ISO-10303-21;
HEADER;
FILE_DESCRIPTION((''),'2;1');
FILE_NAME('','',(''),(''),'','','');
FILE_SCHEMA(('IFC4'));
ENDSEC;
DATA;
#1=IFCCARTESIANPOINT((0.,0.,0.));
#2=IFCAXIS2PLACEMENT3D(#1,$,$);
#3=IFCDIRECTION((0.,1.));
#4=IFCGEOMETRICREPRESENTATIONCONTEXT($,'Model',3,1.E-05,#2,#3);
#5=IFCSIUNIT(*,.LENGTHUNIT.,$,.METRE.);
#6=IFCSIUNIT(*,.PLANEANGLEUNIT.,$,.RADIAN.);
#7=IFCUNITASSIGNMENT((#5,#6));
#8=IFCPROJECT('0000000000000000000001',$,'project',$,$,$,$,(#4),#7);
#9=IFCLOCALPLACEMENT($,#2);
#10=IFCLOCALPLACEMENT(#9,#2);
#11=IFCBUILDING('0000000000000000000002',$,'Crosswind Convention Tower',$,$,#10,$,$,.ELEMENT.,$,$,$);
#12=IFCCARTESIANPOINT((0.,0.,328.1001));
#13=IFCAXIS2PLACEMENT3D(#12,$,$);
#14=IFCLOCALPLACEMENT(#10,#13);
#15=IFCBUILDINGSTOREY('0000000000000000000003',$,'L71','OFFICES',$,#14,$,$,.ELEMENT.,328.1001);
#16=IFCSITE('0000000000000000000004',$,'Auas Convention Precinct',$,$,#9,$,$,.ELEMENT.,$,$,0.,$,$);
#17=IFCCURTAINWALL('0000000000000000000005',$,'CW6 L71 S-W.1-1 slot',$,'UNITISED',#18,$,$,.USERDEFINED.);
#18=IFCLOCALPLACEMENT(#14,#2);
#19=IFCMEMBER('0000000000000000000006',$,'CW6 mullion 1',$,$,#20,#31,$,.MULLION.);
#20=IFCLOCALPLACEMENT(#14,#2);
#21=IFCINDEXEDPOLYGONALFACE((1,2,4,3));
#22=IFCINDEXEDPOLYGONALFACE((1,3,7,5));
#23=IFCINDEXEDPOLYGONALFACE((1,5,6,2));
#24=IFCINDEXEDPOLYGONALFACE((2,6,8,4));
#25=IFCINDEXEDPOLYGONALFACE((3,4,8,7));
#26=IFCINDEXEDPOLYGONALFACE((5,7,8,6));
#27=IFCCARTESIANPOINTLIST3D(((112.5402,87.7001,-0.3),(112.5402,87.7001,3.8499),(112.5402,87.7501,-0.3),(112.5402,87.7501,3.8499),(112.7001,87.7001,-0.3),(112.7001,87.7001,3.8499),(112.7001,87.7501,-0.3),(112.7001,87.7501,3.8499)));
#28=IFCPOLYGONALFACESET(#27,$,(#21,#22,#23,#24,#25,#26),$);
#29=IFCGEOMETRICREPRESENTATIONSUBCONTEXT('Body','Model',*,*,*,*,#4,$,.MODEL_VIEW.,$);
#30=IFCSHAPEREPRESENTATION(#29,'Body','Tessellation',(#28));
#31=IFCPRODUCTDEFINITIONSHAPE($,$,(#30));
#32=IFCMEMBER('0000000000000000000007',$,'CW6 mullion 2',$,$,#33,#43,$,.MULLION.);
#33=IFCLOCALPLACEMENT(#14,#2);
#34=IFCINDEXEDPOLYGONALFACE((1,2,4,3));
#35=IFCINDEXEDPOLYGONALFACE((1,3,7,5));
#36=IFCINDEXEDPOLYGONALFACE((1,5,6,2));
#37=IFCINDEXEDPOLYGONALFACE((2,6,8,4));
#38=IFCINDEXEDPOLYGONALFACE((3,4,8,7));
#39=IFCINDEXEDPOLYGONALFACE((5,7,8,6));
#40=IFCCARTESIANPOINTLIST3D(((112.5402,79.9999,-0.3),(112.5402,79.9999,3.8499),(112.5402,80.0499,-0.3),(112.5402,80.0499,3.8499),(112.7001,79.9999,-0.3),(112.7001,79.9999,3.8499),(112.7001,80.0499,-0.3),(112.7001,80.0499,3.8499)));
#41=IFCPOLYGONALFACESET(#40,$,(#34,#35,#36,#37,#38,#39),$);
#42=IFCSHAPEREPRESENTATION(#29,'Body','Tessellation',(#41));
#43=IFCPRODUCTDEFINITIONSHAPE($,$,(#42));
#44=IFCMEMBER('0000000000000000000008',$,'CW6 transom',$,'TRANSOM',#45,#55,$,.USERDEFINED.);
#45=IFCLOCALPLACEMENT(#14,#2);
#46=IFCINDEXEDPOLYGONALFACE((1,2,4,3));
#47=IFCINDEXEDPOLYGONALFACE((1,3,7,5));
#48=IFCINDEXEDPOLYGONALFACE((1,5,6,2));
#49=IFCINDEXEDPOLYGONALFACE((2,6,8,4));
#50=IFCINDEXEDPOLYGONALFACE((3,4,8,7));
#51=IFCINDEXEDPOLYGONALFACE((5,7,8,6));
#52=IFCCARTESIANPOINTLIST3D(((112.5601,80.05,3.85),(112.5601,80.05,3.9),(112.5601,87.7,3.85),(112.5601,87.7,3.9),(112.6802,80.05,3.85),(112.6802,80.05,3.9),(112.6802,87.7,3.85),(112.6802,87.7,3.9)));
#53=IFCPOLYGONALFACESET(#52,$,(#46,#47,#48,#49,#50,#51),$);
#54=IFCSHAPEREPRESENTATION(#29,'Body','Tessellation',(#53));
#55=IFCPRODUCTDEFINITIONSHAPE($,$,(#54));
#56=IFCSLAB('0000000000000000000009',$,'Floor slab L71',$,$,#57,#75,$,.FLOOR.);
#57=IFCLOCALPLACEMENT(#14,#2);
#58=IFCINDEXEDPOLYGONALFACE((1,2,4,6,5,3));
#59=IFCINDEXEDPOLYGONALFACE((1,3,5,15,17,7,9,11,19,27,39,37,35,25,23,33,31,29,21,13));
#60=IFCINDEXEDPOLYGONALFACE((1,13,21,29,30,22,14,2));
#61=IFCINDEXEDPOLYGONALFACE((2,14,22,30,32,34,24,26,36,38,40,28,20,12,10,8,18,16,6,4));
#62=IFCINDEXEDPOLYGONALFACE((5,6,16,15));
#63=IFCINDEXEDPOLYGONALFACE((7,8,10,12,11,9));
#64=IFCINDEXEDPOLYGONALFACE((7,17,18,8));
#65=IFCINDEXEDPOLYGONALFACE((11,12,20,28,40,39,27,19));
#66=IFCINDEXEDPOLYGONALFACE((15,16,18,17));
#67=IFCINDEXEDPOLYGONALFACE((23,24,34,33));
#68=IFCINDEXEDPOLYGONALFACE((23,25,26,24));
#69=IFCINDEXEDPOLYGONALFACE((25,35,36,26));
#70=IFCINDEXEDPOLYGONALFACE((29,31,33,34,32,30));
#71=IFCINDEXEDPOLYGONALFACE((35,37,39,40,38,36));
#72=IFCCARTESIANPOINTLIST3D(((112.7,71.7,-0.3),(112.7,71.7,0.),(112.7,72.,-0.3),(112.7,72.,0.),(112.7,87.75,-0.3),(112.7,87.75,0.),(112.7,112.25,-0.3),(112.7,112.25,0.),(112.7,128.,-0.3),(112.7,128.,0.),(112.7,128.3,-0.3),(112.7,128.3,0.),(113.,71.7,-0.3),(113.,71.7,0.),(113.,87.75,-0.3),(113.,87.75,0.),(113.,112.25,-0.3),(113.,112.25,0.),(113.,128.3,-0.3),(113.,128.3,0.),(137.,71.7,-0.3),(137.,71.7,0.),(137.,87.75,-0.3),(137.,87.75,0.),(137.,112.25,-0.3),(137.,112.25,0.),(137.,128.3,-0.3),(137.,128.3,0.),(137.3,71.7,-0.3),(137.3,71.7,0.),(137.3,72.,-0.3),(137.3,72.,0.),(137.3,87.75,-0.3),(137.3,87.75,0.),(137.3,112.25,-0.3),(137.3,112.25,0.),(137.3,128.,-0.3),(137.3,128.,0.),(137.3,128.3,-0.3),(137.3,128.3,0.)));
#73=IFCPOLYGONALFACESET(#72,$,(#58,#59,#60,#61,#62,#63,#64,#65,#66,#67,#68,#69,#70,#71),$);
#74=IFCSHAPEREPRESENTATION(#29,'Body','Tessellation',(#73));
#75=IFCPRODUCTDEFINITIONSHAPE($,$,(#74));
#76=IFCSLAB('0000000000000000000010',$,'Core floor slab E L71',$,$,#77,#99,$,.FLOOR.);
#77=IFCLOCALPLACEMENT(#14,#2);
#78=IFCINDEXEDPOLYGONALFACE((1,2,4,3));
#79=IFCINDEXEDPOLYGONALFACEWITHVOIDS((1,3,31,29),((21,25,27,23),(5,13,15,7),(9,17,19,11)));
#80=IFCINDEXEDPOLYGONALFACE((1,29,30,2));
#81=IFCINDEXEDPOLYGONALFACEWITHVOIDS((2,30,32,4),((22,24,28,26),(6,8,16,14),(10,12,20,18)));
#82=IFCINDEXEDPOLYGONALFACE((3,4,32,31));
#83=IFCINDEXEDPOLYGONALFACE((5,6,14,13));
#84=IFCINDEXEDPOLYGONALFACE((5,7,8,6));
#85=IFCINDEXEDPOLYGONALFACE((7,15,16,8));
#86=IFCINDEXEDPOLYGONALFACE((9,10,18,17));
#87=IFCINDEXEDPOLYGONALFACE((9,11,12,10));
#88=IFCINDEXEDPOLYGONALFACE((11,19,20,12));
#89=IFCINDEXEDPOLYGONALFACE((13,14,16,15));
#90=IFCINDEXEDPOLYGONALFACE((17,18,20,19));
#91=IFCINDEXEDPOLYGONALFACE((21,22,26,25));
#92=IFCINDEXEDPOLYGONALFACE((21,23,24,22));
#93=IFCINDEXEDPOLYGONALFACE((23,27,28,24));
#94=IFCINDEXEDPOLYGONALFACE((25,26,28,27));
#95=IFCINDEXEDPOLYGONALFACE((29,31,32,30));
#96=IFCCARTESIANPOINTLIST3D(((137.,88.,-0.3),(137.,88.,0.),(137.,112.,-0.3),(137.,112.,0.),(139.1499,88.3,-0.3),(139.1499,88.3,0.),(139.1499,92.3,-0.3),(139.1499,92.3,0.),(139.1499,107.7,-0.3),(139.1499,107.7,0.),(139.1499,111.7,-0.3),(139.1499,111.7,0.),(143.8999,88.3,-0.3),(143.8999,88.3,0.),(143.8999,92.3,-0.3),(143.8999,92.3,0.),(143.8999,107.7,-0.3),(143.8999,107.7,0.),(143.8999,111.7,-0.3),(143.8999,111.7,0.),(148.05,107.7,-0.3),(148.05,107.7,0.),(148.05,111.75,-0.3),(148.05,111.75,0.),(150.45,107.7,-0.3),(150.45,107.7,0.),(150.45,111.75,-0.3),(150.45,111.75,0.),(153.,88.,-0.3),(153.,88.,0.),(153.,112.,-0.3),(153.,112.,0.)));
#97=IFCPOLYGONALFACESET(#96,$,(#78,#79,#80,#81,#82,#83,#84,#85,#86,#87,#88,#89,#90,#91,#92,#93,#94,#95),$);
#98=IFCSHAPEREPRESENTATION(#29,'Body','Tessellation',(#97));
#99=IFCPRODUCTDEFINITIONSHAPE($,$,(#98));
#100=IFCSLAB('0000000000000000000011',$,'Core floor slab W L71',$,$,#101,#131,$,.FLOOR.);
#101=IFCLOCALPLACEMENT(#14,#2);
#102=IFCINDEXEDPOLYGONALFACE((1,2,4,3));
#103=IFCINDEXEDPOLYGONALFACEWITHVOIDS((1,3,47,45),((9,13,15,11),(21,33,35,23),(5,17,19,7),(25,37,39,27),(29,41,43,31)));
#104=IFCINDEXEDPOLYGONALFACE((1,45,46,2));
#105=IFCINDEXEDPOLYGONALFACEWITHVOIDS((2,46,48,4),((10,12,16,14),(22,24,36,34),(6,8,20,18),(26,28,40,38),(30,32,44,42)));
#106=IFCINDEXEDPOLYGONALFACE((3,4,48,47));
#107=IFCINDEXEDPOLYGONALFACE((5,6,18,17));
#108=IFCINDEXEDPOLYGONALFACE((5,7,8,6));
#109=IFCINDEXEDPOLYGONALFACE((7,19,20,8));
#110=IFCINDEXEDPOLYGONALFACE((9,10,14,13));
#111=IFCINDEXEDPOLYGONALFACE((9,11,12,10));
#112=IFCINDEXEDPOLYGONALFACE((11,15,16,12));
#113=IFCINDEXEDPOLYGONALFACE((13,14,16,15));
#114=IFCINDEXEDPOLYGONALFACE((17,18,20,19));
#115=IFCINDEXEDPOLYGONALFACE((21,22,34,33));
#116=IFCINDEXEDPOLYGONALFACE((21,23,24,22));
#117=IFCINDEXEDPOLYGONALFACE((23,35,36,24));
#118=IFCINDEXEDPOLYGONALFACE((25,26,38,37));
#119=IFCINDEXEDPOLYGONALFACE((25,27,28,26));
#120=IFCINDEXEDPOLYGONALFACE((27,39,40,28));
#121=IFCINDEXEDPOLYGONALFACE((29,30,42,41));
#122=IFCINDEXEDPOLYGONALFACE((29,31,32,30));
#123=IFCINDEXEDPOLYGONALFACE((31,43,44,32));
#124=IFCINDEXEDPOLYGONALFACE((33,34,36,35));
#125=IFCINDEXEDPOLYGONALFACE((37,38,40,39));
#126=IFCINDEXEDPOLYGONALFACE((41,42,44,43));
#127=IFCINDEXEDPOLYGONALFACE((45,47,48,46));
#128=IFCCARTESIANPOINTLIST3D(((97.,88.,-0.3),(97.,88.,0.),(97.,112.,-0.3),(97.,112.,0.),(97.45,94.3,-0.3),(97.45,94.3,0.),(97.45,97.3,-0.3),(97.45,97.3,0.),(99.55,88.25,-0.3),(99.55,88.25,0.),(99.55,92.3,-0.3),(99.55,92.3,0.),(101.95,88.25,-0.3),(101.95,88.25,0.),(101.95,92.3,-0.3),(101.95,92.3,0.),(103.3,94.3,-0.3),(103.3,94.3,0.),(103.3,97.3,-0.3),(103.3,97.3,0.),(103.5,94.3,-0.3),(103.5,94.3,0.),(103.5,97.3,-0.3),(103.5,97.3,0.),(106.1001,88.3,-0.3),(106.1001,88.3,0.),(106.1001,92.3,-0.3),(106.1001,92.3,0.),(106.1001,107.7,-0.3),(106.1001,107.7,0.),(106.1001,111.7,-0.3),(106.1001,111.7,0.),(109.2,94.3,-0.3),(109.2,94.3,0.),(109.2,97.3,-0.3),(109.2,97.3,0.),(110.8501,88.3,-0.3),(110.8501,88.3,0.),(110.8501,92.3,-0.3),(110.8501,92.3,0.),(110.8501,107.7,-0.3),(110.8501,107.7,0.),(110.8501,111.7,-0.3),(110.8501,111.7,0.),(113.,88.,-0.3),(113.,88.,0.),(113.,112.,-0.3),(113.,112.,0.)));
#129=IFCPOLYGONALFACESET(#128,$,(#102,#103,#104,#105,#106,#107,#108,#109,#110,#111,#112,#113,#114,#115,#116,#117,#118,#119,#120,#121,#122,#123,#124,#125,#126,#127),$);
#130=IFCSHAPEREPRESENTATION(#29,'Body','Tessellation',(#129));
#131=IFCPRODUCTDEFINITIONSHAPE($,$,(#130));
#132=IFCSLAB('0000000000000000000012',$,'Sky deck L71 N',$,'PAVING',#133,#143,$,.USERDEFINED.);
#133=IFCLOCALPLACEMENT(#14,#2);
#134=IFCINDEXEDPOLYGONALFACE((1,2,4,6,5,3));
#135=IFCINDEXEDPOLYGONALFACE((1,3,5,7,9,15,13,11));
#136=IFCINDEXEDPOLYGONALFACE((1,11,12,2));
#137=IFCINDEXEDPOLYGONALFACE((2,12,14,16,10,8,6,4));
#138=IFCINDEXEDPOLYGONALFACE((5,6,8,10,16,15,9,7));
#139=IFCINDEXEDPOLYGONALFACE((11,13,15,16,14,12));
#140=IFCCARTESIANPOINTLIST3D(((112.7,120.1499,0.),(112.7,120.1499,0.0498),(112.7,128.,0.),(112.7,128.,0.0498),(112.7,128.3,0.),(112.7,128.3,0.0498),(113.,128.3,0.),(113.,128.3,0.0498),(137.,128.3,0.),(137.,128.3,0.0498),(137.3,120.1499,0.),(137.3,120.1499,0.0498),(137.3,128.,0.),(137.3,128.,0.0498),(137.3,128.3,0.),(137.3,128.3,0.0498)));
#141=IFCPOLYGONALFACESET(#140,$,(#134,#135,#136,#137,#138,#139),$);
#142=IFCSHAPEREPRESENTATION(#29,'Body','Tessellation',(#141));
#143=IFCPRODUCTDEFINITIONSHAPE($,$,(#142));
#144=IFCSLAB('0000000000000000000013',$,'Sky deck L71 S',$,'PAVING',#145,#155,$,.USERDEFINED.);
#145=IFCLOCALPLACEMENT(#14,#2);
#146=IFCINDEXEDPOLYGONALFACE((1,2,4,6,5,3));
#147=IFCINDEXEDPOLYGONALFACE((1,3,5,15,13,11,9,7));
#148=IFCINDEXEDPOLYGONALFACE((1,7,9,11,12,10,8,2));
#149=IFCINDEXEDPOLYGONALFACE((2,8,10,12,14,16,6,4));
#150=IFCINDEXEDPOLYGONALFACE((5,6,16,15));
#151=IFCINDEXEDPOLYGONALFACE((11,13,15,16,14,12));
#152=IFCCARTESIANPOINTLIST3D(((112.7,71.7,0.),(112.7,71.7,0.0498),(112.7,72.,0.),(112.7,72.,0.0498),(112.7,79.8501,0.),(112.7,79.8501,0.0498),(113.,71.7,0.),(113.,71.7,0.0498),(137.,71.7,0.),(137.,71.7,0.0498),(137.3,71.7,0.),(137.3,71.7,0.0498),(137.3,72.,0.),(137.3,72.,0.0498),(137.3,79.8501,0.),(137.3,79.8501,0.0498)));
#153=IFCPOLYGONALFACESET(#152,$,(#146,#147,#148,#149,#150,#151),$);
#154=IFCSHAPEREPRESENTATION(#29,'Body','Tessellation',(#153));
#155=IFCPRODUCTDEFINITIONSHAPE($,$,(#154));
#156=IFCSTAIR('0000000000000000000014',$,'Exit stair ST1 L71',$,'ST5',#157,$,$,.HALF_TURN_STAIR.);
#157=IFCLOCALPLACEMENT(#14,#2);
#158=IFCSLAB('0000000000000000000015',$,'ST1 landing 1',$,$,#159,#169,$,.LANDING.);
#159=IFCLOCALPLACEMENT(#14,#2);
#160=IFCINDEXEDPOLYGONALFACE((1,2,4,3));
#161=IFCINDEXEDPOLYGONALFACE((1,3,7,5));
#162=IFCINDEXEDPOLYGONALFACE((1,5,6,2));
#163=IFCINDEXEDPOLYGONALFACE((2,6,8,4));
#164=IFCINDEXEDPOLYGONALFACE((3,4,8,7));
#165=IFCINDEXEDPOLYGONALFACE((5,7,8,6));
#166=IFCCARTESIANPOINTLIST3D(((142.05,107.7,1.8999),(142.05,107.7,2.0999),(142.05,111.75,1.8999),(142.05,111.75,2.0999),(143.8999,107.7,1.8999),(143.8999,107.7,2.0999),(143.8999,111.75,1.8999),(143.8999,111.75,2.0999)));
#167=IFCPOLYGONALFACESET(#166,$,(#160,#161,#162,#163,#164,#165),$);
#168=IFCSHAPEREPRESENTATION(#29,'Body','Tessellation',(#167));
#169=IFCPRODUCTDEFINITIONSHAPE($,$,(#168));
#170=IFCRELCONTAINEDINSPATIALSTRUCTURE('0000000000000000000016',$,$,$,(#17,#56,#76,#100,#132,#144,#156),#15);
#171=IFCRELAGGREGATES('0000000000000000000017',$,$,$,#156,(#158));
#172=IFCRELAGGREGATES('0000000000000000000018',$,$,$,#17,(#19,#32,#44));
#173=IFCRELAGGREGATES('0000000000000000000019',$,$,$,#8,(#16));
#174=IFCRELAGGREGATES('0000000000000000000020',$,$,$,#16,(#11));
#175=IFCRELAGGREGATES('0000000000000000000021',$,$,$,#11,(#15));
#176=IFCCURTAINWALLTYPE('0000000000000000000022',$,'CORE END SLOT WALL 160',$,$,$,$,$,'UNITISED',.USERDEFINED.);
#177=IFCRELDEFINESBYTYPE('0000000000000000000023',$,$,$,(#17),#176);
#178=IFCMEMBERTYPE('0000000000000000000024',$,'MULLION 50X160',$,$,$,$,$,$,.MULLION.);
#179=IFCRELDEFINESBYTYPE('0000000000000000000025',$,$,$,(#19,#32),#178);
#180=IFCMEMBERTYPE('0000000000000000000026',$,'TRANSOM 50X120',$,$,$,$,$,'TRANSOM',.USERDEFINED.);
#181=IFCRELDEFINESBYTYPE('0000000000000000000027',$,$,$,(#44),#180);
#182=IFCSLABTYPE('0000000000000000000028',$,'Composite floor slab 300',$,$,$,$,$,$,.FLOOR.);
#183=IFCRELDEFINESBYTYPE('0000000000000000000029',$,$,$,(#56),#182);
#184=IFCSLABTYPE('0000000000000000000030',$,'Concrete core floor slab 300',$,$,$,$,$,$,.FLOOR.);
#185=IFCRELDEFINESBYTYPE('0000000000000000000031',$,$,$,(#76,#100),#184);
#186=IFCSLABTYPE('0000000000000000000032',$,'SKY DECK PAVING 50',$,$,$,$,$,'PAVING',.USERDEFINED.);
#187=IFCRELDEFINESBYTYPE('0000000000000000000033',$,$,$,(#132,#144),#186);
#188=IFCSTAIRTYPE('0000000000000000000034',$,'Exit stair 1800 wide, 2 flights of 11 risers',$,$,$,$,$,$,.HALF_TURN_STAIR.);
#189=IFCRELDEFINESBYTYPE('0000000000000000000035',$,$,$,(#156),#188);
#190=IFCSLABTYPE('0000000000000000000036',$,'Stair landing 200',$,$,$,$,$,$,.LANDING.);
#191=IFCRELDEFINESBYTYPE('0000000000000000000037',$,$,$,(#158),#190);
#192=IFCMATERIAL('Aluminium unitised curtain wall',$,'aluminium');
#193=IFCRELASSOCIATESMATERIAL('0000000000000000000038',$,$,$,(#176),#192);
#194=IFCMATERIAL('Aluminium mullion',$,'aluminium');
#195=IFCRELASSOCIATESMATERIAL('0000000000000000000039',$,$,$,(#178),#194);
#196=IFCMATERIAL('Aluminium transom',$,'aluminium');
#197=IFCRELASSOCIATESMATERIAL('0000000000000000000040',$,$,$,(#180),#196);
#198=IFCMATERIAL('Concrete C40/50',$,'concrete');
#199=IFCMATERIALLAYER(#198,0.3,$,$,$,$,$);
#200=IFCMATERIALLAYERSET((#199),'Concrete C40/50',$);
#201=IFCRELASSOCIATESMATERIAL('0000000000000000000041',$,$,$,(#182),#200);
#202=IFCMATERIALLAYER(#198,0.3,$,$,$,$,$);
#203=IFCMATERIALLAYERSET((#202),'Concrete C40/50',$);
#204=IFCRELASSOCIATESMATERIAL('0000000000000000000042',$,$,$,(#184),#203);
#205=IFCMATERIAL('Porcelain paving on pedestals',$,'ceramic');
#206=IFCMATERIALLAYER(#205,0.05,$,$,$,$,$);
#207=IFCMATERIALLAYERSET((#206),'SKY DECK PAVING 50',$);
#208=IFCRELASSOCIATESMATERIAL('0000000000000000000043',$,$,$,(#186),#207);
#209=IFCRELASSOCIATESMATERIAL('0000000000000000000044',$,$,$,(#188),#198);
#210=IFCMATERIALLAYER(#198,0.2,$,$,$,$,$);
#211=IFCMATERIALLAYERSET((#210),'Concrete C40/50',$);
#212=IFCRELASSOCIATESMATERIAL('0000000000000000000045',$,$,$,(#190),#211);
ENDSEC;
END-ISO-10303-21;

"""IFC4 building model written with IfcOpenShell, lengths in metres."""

from ifc_helpers import new_model, si_unit, direction, frame, origin, origin_2d, place, context, subcontext, project, spatial, polyline, rectangle, outline, extrude, material, layer, layer_set, material_profile, profile_set, type_object, element, aggregate, save


model = new_model("IFC4")

# Units and contexts
model_context = context("Model", 3, precision=1e-05, world=origin(), true_north=direction((0.0, 1.0)))
body_context = subcontext(model_context, "Body", "Model", "MODEL_VIEW")
ifc_project = project(units=[si_unit("LENGTHUNIT", "METRE"), si_unit("PLANEANGLEUNIT", "RADIAN")], contexts=[model_context])

# Site, building, storey
site_placement = place(None, origin())
site = spatial("IfcSite", under=ifc_project, at=site_placement, Name="Auas Convention Precinct", CompositionType="ELEMENT", RefElevation=0.0)
building_placement = place(site_placement, origin())
building = spatial("IfcBuilding", under=site, at=building_placement, Name="Crosswind Convention Tower", CompositionType="ELEMENT")
storey_placement = place(building_placement, frame((0.0, 0.0, 328.1001)))
storey = spatial("IfcBuildingStorey", under=building, at=storey_placement, Name="L71", Description="OFFICES", CompositionType="ELEMENT", Elevation=328.1001)

# Curtain wall, members
ifc_material_1 = material(Name="Aluminium unitised curtain wall", Category="aluminium")
curtain_wall_type = type_object("IfcCurtainWallType", Name="CORE END SLOT WALL 160", ElementType="UNITISED", PredefinedType="USERDEFINED", material=ifc_material_1)
curtain_wall_placement = place(storey_placement, origin())
curtain_wall = element("IfcCurtainWall", 1, at=curtain_wall_placement, inside=storey, type_object=curtain_wall_type, Name="CW6 L71 S-W.1-1 slot", ObjectType="UNITISED", PredefinedType="USERDEFINED")
ifc_material_2 = material(Name="Aluminium mullion", Category="aluminium")
ifc_material_profile_1 = material_profile(ifc_material_2, rectangle(XDim=0.1599, YDim=0.05, at=origin_2d()), Name="AL 160X50")
ifc_profile_set_1 = profile_set([ifc_material_profile_1], Name="Aluminium mullion")
member_type_1 = type_object("IfcMemberType", Name="MULLION 50X160", PredefinedType="MULLION", material=ifc_profile_set_1)
member_1_placement = place(storey_placement, frame((112.6201, 87.7251, -0.3), z_axis=(0.0, 0.0, 1.0), x_axis=(-1.0, 0.0, 0.0)))
member_1 = element("IfcMember", 2, at=member_1_placement, type_object=member_type_1, Name="CW6 mullion 1", PredefinedType="MULLION", context=body_context, shape_type="SweptSolid", body=[
    extrude(rectangle(XDim=0.1599, YDim=0.05, at=origin_2d()), origin(), (0.0, 0.0, 1.0), 4.1499),
])
member_2_placement = place(storey_placement, frame((112.6201, 80.0249, -0.3), z_axis=(0.0, 0.0, 1.0), x_axis=(-1.0, 0.0, 0.0)))
member_2 = element("IfcMember", 3, at=member_2_placement, type_object=member_type_1, Name="CW6 mullion 2", PredefinedType="MULLION", context=body_context, shape_type="SweptSolid", body=[
    extrude(rectangle(XDim=0.1599, YDim=0.05, at=origin_2d()), origin(), (0.0, 0.0, 1.0), 4.1499),
])
ifc_material_3 = material(Name="Aluminium transom", Category="aluminium")
ifc_material_profile_2 = material_profile(ifc_material_3, rectangle(XDim=0.1201, YDim=0.05, at=origin_2d()), Name="AL 120X50")
ifc_profile_set_2 = profile_set([ifc_material_profile_2], Name="Aluminium transom")
member_type_2 = type_object("IfcMemberType", Name="TRANSOM 50X120", ElementType="TRANSOM", PredefinedType="USERDEFINED", material=ifc_profile_set_2)
member_3_placement = place(storey_placement, frame((112.6201, 87.7, 3.875), z_axis=(0.0, -1.0, 0.0), x_axis=(1.0, 0.0, 0.0)))
member_3 = element("IfcMember", 4, at=member_3_placement, type_object=member_type_2, Name="CW6 transom", ObjectType="TRANSOM", PredefinedType="USERDEFINED", context=body_context, shape_type="SweptSolid", body=[
    extrude(rectangle(XDim=0.1201, YDim=0.05, at=origin_2d()), origin(), (0.0, 0.0, 1.0), 7.6499),
])

# Slabs
ifc_material_4 = material(Name="Concrete C40/50", Category="concrete")
ifc_layer_1 = layer(ifc_material_4, 0.3)
ifc_layer_set_1 = layer_set([ifc_layer_1], Name="Concrete C40/50")
slab_type_1 = type_object("IfcSlabType", Name="Composite floor slab 300", PredefinedType="FLOOR", material=ifc_layer_set_1)
slab_1_placement = place(storey_placement, frame((0.0, 0.0, -0.3)))
element("IfcSlab", 5, at=slab_1_placement, inside=storey, type_object=slab_type_1, Name="Floor slab L71", PredefinedType="FLOOR", context=body_context, shape_type="SweptSolid", body=[
    extrude(outline(polyline([(137.3, 71.7), (137.0, 71.7), (113.0, 71.7), (112.7, 71.7), (112.7, 72.0), (112.7, 87.75), (113.0, 87.75), (113.0, 112.25), (112.7, 112.25), (112.7, 128.0), (112.7, 128.3), (113.0, 128.3), (137.0, 128.3), (137.3, 128.3), (137.3, 128.0), (137.3, 112.25), (137.0, 112.25), (137.0, 87.75), (137.3, 87.75), (137.3, 72.0), (137.3, 71.7)])), origin(), (0.0, 0.0, 1.0), 0.3),
])
ifc_layer_2 = layer(ifc_material_4, 0.3)
ifc_layer_set_2 = layer_set([ifc_layer_2], Name="Concrete C40/50")
slab_type_2 = type_object("IfcSlabType", Name="Concrete core floor slab 300", PredefinedType="FLOOR", material=ifc_layer_set_2)
slab_2_placement = place(storey_placement, frame((0.0, 0.0, -0.3)))
element("IfcSlab", 6, at=slab_2_placement, inside=storey, type_object=slab_type_2, Name="Core floor slab E L71", PredefinedType="FLOOR", context=body_context, shape_type="SweptSolid", body=[
    extrude(outline(polyline([(137.0, 88.0), (153.0, 88.0), (153.0, 112.0), (137.0, 112.0), (137.0, 88.0)]), holes=[polyline([(150.45, 107.7), (150.45, 111.75), (148.05, 111.75), (148.05, 107.7), (150.45, 107.7)]), polyline([(143.8999, 107.7), (143.8999, 111.7), (139.1499, 111.7), (139.1499, 107.7), (143.8999, 107.7)]), polyline([(143.8999, 88.3), (143.8999, 92.3), (139.1499, 92.3), (139.1499, 88.3), (143.8999, 88.3)])]), origin(), (0.0, 0.0, 1.0), 0.3),
])
slab_3_placement = place(storey_placement, frame((0.0, 0.0, -0.3)))
element("IfcSlab", 7, at=slab_3_placement, inside=storey, type_object=slab_type_2, Name="Core floor slab W L71", PredefinedType="FLOOR", context=body_context, shape_type="SweptSolid", body=[
    extrude(outline(polyline([(97.0, 88.0), (113.0, 88.0), (113.0, 112.0), (97.0, 112.0), (97.0, 88.0)]), holes=[polyline([(109.2, 94.3), (109.2, 97.3), (103.5, 97.3), (103.5, 94.3), (109.2, 94.3)]), polyline([(103.3, 94.3), (103.3, 97.3), (97.45, 97.3), (97.45, 94.3), (103.3, 94.3)]), polyline([(101.95, 88.25), (101.95, 92.3), (99.55, 92.3), (99.55, 88.25), (101.95, 88.25)]), polyline([(110.8501, 88.3), (110.8501, 92.3), (106.1001, 92.3), (106.1001, 88.3), (110.8501, 88.3)]), polyline([(110.8501, 107.7), (110.8501, 111.7), (106.1001, 111.7), (106.1001, 107.7), (110.8501, 107.7)])]), origin(), (0.0, 0.0, 1.0), 0.3),
])
ifc_material_5 = material(Name="Porcelain paving on pedestals", Category="ceramic")
ifc_layer_3 = layer(ifc_material_5, 0.05)
ifc_layer_set_3 = layer_set([ifc_layer_3], Name="SKY DECK PAVING 50")
slab_type_3 = type_object("IfcSlabType", Name="SKY DECK PAVING 50", ElementType="PAVING", PredefinedType="USERDEFINED", material=ifc_layer_set_3)
slab_4_placement = place(storey_placement, origin())
element("IfcSlab", 8, at=slab_4_placement, inside=storey, type_object=slab_type_3, Name="Sky deck L71 N", ObjectType="PAVING", PredefinedType="USERDEFINED", context=body_context, shape_type="SweptSolid", body=[
    extrude(outline(polyline([(112.7, 128.0), (112.7, 128.3), (113.0, 128.3), (137.0, 128.3), (137.3, 128.3), (137.3, 128.0), (137.3, 120.1499), (112.7, 120.1499), (112.7, 128.0)])), origin(), (0.0, 0.0, 1.0), 0.0498),
])
slab_5_placement = place(storey_placement, origin())
element("IfcSlab", 9, at=slab_5_placement, inside=storey, type_object=slab_type_3, Name="Sky deck L71 S", ObjectType="PAVING", PredefinedType="USERDEFINED", context=body_context, shape_type="SweptSolid", body=[
    extrude(outline(polyline([(137.3, 71.7), (137.0, 71.7), (113.0, 71.7), (112.7, 71.7), (112.7, 72.0), (112.7, 79.8501), (137.3, 79.8501), (137.3, 72.0), (137.3, 71.7)])), origin(), (0.0, 0.0, 1.0), 0.0498),
])

# Stair, slab
stair_type = type_object("IfcStairType", Name="Exit stair 1800 wide, 2 flights of 11 risers", PredefinedType="HALF_TURN_STAIR", material=ifc_material_4)
stair_1_placement = place(storey_placement, origin())
stair_1 = element("IfcStair", 10, at=stair_1_placement, inside=storey, type_object=stair_type, Name="Exit stair ST1 L71", ObjectType="ST5", PredefinedType="HALF_TURN_STAIR")
ifc_layer_4 = layer(ifc_material_4, 0.2)
ifc_layer_set_4 = layer_set([ifc_layer_4], Name="Concrete C40/50")
slab_type_4 = type_object("IfcSlabType", Name="Stair landing 200", PredefinedType="LANDING", material=ifc_layer_set_4)
slab_6_placement = place(storey_placement, frame((0.0, 0.0, 1.8999)))
slab_6 = element("IfcSlab", 11, at=slab_6_placement, type_object=slab_type_4, Name="ST1 landing 1", PredefinedType="LANDING", context=body_context, shape_type="SweptSolid", body=[
    extrude(outline(polyline([(143.8999, 107.7), (143.8999, 111.75), (142.05, 111.75), (142.05, 107.7), (143.8999, 107.7)])), origin(), (0.0, 0.0, 1.0), 0.2),
])
aggregate(stair_1, [slab_6])

aggregate(curtain_wall, [member_1, member_2, member_3])

save(model, "model.ifc")
